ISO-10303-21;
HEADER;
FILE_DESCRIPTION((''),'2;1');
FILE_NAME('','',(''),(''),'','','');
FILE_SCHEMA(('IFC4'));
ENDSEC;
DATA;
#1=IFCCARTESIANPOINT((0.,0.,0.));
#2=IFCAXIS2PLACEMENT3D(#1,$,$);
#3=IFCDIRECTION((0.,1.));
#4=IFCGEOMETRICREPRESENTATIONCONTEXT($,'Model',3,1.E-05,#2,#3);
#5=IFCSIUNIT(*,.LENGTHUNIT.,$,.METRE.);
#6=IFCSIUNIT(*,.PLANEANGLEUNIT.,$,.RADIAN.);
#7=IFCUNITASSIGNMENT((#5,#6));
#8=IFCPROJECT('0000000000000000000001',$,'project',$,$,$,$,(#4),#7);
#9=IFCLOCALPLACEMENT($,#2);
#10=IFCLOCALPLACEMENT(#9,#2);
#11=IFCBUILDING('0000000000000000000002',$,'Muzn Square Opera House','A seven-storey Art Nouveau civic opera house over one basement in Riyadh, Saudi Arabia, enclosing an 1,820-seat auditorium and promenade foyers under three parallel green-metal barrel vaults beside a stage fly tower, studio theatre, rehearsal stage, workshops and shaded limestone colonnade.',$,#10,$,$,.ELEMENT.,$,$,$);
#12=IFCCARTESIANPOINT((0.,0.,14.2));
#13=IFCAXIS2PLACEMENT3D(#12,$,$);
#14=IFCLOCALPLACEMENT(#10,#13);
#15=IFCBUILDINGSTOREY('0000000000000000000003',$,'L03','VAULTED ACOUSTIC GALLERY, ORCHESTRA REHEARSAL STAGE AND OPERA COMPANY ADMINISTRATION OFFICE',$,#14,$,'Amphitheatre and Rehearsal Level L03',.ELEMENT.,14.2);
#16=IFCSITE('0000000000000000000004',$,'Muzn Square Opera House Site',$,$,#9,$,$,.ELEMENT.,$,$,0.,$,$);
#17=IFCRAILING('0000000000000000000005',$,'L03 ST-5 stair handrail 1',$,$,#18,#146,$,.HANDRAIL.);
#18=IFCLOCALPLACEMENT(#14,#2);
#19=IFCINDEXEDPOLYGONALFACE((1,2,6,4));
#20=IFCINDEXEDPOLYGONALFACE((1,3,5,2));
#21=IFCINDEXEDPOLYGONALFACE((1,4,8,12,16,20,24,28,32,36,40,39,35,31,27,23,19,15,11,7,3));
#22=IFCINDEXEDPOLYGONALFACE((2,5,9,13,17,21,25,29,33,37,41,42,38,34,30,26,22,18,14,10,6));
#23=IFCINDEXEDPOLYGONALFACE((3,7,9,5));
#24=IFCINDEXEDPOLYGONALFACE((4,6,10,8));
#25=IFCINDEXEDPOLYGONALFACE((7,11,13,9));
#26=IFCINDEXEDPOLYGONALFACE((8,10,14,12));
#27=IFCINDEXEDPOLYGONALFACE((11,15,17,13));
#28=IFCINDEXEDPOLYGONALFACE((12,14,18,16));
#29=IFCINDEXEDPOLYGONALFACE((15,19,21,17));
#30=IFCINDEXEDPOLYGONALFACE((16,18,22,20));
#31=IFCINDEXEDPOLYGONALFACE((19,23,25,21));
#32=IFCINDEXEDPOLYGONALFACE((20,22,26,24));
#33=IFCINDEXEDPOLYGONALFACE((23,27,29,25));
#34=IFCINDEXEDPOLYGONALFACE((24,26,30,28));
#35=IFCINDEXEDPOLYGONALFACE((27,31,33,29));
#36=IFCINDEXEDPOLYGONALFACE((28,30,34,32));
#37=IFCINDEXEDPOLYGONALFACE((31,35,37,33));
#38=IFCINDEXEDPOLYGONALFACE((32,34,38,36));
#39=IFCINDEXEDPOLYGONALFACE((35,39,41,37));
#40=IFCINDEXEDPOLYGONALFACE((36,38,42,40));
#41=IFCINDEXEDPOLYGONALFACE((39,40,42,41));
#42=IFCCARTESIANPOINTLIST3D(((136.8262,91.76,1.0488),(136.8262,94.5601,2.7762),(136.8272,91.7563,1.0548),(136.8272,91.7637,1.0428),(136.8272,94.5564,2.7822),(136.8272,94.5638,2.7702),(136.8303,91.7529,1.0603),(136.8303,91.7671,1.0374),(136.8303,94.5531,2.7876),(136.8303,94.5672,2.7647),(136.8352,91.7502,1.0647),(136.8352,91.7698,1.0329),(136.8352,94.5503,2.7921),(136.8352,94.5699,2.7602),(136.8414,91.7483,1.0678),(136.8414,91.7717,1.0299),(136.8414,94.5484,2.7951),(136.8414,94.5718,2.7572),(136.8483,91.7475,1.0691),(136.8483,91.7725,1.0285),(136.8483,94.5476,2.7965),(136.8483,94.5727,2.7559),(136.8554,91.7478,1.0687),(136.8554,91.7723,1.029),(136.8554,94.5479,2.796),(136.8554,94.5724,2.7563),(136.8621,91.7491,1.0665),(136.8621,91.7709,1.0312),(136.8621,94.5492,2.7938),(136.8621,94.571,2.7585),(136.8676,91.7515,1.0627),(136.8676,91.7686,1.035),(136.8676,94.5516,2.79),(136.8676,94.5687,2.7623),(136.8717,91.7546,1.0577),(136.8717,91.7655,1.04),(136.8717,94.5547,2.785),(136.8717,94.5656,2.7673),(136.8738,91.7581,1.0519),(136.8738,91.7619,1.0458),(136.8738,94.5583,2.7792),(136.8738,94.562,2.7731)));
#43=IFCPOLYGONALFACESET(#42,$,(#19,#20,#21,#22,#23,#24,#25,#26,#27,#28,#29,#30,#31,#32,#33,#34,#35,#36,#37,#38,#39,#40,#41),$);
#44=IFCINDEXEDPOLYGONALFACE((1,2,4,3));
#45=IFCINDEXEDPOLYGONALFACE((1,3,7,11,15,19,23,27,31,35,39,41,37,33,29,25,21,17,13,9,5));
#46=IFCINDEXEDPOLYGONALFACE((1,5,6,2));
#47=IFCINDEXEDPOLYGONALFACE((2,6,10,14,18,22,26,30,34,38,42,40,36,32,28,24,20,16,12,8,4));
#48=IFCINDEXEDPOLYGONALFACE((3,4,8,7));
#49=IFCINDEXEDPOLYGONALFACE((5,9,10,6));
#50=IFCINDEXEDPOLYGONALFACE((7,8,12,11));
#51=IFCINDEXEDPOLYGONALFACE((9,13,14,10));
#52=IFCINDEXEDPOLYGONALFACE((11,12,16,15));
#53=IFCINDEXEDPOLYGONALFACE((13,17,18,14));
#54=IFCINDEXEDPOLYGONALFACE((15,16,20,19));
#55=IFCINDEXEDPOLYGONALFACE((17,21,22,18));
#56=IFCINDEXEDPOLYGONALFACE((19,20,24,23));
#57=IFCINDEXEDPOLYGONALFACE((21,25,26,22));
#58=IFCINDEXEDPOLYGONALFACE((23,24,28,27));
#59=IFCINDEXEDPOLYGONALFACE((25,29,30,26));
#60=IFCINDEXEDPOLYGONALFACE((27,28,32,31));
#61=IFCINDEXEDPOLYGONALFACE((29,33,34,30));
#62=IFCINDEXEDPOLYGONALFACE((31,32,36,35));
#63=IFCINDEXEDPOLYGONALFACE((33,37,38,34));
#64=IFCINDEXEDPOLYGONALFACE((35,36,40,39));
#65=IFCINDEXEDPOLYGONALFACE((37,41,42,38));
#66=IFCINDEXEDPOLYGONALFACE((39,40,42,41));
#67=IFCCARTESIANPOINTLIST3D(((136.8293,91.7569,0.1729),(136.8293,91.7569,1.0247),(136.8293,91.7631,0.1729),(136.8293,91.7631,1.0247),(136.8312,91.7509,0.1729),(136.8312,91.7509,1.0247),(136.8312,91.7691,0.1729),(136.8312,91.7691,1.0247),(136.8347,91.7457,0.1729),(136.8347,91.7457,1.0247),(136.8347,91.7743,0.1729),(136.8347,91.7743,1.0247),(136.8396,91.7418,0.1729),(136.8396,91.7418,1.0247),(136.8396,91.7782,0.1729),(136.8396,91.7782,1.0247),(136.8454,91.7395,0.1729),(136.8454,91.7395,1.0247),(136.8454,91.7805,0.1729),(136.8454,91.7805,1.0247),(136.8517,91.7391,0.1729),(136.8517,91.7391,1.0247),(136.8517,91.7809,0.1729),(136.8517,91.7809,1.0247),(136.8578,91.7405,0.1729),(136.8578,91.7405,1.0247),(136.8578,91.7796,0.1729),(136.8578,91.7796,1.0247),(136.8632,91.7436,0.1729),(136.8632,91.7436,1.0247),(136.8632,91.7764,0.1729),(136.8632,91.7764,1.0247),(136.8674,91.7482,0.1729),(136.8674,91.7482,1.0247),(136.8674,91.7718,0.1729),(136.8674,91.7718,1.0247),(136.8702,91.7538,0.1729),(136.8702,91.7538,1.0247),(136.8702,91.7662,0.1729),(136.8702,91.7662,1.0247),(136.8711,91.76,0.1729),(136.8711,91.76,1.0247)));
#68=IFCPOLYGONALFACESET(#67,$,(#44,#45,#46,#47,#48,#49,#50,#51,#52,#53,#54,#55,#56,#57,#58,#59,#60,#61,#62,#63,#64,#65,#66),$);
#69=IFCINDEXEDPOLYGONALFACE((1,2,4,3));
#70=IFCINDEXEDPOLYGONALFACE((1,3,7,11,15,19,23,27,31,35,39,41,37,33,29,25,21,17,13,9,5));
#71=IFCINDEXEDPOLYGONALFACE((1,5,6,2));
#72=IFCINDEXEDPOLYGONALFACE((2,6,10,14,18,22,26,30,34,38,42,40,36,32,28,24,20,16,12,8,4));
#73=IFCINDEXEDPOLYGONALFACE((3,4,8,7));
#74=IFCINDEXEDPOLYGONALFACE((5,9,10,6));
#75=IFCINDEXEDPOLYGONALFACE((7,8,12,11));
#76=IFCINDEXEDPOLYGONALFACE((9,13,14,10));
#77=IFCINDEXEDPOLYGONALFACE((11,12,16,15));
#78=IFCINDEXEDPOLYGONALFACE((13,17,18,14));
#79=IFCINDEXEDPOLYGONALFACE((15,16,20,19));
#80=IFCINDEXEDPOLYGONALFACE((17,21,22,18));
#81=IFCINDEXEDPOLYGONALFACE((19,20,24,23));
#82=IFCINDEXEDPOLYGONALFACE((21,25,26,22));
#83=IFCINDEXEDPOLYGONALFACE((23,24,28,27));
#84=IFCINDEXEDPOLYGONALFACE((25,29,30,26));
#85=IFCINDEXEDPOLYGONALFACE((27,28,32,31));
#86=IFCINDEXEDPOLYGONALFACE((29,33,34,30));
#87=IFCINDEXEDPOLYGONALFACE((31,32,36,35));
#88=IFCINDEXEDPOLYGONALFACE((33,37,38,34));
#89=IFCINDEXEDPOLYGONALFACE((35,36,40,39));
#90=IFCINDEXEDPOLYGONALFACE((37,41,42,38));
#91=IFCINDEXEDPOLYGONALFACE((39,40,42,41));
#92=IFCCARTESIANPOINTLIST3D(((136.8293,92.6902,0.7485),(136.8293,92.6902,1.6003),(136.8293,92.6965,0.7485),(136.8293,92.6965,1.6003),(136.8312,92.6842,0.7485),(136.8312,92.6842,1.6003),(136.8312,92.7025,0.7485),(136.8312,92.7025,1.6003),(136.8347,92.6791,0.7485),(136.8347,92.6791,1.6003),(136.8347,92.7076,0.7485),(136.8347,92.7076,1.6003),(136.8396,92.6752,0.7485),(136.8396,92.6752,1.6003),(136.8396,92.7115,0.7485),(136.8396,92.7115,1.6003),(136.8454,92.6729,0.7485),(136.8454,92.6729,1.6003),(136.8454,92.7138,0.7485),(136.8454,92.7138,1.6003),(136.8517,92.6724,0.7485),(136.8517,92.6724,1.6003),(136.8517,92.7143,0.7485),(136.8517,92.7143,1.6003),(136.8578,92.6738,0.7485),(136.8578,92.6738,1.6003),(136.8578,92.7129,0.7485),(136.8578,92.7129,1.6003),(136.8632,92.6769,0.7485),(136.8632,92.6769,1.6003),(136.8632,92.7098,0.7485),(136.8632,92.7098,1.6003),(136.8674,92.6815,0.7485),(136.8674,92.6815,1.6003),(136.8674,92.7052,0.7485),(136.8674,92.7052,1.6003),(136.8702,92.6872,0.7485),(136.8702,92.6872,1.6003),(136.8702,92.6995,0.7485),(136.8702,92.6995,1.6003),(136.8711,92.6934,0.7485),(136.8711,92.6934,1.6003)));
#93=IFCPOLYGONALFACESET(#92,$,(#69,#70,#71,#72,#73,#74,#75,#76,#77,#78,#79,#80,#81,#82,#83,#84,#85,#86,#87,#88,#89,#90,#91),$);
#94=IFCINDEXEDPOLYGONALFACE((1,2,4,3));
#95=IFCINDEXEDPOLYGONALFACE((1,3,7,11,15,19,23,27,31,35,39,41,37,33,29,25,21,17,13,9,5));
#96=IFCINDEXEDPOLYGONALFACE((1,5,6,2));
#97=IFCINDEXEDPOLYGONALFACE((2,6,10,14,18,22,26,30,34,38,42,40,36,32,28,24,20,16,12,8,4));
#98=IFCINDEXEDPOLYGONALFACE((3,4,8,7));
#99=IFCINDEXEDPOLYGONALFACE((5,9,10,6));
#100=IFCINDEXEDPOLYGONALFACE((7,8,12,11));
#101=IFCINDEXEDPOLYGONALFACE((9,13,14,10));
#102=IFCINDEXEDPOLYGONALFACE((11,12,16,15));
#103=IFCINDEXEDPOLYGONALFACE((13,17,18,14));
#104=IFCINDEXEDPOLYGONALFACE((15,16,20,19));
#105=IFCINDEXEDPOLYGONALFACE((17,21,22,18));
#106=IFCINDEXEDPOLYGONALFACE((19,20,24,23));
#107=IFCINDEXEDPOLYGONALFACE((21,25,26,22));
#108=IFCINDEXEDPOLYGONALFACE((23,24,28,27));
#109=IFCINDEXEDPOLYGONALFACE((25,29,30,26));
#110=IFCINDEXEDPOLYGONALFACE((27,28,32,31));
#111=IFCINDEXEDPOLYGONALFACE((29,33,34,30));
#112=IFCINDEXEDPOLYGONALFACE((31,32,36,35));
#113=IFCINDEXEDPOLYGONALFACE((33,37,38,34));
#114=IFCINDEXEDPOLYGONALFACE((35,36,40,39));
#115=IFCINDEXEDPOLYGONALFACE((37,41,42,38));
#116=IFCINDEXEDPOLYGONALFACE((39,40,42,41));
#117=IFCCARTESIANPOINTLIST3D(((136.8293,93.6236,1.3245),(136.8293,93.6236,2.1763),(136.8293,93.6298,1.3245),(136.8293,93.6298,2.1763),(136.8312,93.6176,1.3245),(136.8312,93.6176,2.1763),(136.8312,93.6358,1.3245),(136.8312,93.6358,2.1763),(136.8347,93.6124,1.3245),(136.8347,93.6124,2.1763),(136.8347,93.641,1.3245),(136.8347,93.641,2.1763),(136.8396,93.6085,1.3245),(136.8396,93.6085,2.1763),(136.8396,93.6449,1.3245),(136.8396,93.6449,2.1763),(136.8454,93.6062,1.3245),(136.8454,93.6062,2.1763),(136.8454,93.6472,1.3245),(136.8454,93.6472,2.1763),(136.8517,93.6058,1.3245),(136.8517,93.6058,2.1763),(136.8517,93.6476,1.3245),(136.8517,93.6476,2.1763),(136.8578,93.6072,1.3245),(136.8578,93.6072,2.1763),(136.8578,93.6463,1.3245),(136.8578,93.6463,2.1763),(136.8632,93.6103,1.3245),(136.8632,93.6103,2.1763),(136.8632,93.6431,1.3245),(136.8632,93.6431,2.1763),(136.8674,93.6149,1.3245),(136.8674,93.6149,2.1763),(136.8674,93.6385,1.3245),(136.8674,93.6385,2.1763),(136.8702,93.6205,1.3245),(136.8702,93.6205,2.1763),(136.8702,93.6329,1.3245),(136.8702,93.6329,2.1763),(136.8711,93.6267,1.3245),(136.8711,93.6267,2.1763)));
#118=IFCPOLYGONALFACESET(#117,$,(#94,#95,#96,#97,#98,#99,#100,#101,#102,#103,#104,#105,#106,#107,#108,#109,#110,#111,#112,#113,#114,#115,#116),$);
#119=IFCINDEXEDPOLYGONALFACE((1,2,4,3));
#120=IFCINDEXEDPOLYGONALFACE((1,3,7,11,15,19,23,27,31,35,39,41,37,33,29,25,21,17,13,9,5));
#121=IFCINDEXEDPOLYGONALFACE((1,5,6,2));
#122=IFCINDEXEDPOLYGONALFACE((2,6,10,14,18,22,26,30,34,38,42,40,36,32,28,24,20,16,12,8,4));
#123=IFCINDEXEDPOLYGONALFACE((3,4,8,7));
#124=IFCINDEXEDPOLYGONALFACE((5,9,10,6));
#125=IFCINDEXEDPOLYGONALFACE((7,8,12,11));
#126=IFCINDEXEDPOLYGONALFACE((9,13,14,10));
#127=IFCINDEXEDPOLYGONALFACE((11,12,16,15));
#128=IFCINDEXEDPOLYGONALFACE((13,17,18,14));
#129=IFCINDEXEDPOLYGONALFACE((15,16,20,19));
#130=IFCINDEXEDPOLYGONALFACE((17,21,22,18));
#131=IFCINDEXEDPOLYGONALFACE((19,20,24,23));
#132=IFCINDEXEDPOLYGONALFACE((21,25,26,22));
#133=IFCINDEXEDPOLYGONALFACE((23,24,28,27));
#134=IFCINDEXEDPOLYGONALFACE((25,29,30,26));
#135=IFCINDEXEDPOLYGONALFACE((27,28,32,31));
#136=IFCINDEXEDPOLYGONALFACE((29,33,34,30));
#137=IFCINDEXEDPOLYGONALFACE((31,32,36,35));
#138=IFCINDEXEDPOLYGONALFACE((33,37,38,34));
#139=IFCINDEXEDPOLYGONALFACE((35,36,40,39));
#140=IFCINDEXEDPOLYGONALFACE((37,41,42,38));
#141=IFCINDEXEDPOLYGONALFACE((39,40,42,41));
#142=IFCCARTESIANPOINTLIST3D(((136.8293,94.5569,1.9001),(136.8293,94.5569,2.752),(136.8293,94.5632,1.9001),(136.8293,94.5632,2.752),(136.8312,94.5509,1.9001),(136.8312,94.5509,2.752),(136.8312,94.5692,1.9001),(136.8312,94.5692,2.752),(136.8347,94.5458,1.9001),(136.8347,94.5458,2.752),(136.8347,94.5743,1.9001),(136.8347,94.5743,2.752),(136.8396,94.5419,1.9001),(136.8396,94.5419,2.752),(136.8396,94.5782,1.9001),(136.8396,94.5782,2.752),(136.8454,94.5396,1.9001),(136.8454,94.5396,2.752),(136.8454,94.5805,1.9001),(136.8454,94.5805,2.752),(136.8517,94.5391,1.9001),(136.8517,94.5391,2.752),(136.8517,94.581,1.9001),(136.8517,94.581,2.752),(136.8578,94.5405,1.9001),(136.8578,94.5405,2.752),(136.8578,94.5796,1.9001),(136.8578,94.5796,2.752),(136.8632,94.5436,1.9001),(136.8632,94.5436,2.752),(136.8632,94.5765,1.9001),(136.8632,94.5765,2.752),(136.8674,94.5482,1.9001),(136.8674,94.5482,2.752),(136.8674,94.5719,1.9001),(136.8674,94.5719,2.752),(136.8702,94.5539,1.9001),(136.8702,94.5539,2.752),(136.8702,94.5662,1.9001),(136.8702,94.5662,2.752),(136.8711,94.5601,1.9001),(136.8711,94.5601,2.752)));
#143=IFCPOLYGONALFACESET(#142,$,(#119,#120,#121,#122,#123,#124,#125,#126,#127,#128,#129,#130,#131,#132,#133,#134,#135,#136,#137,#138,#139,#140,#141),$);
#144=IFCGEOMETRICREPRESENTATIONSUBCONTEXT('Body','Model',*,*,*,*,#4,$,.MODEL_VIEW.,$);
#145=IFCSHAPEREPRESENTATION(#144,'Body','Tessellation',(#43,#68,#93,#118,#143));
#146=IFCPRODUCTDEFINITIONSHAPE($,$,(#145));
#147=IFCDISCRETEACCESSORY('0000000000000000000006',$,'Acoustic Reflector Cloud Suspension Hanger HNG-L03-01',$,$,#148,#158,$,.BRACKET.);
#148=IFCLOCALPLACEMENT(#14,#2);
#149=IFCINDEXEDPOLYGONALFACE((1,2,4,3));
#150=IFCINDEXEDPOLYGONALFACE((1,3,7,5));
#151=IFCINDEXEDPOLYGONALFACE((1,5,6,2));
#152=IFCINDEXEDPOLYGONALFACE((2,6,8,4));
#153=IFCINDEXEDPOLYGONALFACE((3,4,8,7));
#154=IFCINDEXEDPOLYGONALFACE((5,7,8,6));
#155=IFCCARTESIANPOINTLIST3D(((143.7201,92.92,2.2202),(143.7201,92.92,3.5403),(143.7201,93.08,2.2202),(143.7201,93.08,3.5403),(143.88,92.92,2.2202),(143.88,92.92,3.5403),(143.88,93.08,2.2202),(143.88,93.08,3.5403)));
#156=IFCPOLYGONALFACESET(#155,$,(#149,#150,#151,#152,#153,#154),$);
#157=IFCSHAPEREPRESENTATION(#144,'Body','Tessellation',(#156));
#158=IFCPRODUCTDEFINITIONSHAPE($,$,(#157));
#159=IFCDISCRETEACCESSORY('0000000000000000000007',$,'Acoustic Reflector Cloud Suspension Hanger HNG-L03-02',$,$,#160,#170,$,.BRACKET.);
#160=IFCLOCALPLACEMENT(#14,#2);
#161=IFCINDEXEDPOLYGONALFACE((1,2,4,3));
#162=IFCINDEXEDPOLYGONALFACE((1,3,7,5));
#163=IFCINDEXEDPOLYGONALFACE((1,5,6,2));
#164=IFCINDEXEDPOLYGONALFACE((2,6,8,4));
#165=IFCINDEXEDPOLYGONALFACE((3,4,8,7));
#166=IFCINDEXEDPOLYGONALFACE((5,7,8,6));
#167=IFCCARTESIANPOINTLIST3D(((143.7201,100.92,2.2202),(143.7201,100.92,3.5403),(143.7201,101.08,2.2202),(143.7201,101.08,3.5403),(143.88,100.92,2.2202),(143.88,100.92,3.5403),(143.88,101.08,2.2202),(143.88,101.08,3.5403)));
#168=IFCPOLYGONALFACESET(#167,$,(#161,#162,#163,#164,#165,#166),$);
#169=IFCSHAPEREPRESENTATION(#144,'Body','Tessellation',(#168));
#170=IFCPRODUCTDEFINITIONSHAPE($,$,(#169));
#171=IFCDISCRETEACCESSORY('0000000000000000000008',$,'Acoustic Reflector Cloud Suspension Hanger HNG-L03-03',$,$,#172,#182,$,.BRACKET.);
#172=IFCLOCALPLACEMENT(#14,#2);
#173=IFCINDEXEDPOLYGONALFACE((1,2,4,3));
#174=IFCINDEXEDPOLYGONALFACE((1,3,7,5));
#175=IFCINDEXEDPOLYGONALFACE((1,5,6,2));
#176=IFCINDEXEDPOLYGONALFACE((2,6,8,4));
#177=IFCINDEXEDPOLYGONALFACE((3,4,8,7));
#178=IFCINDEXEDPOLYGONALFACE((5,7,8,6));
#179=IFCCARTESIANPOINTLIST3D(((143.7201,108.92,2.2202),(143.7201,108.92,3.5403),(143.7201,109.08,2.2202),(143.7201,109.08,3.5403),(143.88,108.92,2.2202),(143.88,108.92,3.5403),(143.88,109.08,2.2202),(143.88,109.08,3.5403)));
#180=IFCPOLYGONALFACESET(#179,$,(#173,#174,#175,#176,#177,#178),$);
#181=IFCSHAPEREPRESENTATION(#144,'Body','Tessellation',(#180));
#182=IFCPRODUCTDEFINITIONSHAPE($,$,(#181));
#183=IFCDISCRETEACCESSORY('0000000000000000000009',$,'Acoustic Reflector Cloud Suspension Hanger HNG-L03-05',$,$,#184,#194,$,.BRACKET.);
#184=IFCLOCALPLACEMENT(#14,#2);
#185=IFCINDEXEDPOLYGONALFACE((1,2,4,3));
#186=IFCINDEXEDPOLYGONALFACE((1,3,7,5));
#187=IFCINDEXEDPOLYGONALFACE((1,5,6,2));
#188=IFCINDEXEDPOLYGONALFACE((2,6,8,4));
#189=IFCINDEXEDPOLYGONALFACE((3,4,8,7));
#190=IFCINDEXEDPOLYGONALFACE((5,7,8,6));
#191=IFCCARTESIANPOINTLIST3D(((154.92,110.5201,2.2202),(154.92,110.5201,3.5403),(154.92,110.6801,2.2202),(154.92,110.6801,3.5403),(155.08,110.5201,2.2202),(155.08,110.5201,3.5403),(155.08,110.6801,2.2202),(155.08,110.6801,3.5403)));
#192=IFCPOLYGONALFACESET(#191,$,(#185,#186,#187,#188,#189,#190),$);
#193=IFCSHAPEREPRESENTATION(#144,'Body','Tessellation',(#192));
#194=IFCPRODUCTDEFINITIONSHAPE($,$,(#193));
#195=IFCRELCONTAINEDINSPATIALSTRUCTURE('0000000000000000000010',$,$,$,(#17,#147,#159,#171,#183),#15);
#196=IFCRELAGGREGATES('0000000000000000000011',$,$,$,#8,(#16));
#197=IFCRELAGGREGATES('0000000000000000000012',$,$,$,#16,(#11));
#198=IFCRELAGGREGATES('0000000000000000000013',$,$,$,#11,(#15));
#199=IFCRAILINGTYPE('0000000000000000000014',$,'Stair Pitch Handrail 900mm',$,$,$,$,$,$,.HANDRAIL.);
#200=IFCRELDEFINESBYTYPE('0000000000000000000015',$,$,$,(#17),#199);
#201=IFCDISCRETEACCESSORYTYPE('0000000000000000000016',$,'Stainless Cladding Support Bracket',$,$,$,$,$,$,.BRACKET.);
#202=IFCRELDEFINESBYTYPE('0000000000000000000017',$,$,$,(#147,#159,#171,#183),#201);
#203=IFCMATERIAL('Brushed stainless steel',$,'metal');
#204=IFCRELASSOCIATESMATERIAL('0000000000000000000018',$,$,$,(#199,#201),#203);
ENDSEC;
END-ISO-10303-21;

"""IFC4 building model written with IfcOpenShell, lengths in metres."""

from ifc_helpers import new_model, si_unit, direction, frame, origin, origin_2d, place, context, subcontext, project, spatial, rectangle, circle, extrude, material, type_object, element, save


model = new_model("IFC4")

# Units and contexts
model_context = context("Model", 3, precision=1e-05, world=origin(), true_north=direction((0.0, 1.0)))
body_context = subcontext(model_context, "Body", "Model", "MODEL_VIEW")
ifc_project = project(units=[si_unit("LENGTHUNIT", "METRE"), si_unit("PLANEANGLEUNIT", "RADIAN")], contexts=[model_context])

# Site, building, storey
site_placement = place(None, origin())
site = spatial("IfcSite", under=ifc_project, at=site_placement, Name="Muzn Square Opera House Site", CompositionType="ELEMENT", RefElevation=0.0)
building_placement = place(site_placement, origin())
building = spatial("IfcBuilding", under=site, at=building_placement, Name="Muzn Square Opera House", Description="A seven-storey Art Nouveau civic opera house over one basement in Riyadh, Saudi Arabia, enclosing an 1,820-seat auditorium and promenade foyers under three parallel green-metal barrel vaults beside a stage fly tower, studio theatre, rehearsal stage, workshops and shaded limestone colonnade.", CompositionType="ELEMENT")
storey_placement = place(building_placement, frame((0.0, 0.0, 14.2)))
storey = spatial("IfcBuildingStorey", under=building, at=storey_placement, Name="L03", Description="VAULTED ACOUSTIC GALLERY, ORCHESTRA REHEARSAL STAGE AND OPERA COMPANY ADMINISTRATION OFFICE", LongName="Amphitheatre and Rehearsal Level L03", CompositionType="ELEMENT", Elevation=14.2)

# Railing
ifc_material_1 = material(Name="Brushed stainless steel", Category="metal")
railing_type_1 = type_object("IfcRailingType", Name="Stair Pitch Handrail 900mm", PredefinedType="HANDRAIL", material=ifc_material_1)
railing_1_placement = place(storey_placement, frame((136.8501, 91.76, 0.1729)))
element("IfcRailing", 1, at=railing_1_placement, inside=storey, type_object=railing_type_1, Name="L03 ST-5 stair handrail 1", PredefinedType="HANDRAIL", context=body_context, shape_type="SweptSolid", body=[
    extrude(circle(Radius=0.0239, at=origin_2d()), frame((0.0, 0.0, 0.876), z_axis=(0.0, 0.85109, 0.52502), x_axis=(-1.0, 0.0, 0.0)), (0.0, 0.0, 1.0), 3.29),
    extrude(circle(Radius=0.021, at=origin_2d()), origin(), (0.0, 0.0, 1.0), 0.8518),
    extrude(circle(Radius=0.021, at=origin_2d()), frame((0.0, 0.9333, 0.5757)), (0.0, 0.0, 1.0), 0.8518),
    extrude(circle(Radius=0.021, at=origin_2d()), frame((0.0, 1.8667, 1.1516)), (0.0, 0.0, 1.0), 0.8518),
    extrude(circle(Radius=0.021, at=origin_2d()), frame((0.0, 2.8, 1.7273)), (0.0, 0.0, 1.0), 0.8518),
])

# Discrete accessories
discrete_accessory_type = type_object("IfcDiscreteAccessoryType", Name="Stainless Cladding Support Bracket", PredefinedType="BRACKET", material=ifc_material_1)
for number, where, z_axis, x_axis, name in (
    (2, (143.8, 93.0, 2.2202), (0.0, 0.0, 1.0), (1.0, 0.0, 0.0), "Acoustic Reflector Cloud Suspension Hanger HNG-L03-01"),
    (3, (143.8, 101.0, 2.2202), (0.0, 0.0, 1.0), (1.0, 0.0, 0.0), "Acoustic Reflector Cloud Suspension Hanger HNG-L03-02"),
    (4, (143.8, 109.0, 2.2202), (0.0, 0.0, 1.0), (1.0, 0.0, 0.0), "Acoustic Reflector Cloud Suspension Hanger HNG-L03-03"),
    (5, (155.0, 110.6001, 2.2202), (0.0, 0.0, 1.0), (1.0, 0.0, 0.0), "Acoustic Reflector Cloud Suspension Hanger HNG-L03-05"),
):
    element("IfcDiscreteAccessory", number, at=place(storey_placement, frame(where, z_axis=z_axis, x_axis=x_axis)), inside=storey, type_object=discrete_accessory_type, Name=name, PredefinedType="BRACKET", context=body_context, shape_type="SweptSolid", body=[
        extrude(rectangle(XDim=0.1599, YDim=0.1599, at=origin_2d()), origin(), (0.0, 0.0, 1.0), 1.3201),
    ])

save(model, "model.ifc")
